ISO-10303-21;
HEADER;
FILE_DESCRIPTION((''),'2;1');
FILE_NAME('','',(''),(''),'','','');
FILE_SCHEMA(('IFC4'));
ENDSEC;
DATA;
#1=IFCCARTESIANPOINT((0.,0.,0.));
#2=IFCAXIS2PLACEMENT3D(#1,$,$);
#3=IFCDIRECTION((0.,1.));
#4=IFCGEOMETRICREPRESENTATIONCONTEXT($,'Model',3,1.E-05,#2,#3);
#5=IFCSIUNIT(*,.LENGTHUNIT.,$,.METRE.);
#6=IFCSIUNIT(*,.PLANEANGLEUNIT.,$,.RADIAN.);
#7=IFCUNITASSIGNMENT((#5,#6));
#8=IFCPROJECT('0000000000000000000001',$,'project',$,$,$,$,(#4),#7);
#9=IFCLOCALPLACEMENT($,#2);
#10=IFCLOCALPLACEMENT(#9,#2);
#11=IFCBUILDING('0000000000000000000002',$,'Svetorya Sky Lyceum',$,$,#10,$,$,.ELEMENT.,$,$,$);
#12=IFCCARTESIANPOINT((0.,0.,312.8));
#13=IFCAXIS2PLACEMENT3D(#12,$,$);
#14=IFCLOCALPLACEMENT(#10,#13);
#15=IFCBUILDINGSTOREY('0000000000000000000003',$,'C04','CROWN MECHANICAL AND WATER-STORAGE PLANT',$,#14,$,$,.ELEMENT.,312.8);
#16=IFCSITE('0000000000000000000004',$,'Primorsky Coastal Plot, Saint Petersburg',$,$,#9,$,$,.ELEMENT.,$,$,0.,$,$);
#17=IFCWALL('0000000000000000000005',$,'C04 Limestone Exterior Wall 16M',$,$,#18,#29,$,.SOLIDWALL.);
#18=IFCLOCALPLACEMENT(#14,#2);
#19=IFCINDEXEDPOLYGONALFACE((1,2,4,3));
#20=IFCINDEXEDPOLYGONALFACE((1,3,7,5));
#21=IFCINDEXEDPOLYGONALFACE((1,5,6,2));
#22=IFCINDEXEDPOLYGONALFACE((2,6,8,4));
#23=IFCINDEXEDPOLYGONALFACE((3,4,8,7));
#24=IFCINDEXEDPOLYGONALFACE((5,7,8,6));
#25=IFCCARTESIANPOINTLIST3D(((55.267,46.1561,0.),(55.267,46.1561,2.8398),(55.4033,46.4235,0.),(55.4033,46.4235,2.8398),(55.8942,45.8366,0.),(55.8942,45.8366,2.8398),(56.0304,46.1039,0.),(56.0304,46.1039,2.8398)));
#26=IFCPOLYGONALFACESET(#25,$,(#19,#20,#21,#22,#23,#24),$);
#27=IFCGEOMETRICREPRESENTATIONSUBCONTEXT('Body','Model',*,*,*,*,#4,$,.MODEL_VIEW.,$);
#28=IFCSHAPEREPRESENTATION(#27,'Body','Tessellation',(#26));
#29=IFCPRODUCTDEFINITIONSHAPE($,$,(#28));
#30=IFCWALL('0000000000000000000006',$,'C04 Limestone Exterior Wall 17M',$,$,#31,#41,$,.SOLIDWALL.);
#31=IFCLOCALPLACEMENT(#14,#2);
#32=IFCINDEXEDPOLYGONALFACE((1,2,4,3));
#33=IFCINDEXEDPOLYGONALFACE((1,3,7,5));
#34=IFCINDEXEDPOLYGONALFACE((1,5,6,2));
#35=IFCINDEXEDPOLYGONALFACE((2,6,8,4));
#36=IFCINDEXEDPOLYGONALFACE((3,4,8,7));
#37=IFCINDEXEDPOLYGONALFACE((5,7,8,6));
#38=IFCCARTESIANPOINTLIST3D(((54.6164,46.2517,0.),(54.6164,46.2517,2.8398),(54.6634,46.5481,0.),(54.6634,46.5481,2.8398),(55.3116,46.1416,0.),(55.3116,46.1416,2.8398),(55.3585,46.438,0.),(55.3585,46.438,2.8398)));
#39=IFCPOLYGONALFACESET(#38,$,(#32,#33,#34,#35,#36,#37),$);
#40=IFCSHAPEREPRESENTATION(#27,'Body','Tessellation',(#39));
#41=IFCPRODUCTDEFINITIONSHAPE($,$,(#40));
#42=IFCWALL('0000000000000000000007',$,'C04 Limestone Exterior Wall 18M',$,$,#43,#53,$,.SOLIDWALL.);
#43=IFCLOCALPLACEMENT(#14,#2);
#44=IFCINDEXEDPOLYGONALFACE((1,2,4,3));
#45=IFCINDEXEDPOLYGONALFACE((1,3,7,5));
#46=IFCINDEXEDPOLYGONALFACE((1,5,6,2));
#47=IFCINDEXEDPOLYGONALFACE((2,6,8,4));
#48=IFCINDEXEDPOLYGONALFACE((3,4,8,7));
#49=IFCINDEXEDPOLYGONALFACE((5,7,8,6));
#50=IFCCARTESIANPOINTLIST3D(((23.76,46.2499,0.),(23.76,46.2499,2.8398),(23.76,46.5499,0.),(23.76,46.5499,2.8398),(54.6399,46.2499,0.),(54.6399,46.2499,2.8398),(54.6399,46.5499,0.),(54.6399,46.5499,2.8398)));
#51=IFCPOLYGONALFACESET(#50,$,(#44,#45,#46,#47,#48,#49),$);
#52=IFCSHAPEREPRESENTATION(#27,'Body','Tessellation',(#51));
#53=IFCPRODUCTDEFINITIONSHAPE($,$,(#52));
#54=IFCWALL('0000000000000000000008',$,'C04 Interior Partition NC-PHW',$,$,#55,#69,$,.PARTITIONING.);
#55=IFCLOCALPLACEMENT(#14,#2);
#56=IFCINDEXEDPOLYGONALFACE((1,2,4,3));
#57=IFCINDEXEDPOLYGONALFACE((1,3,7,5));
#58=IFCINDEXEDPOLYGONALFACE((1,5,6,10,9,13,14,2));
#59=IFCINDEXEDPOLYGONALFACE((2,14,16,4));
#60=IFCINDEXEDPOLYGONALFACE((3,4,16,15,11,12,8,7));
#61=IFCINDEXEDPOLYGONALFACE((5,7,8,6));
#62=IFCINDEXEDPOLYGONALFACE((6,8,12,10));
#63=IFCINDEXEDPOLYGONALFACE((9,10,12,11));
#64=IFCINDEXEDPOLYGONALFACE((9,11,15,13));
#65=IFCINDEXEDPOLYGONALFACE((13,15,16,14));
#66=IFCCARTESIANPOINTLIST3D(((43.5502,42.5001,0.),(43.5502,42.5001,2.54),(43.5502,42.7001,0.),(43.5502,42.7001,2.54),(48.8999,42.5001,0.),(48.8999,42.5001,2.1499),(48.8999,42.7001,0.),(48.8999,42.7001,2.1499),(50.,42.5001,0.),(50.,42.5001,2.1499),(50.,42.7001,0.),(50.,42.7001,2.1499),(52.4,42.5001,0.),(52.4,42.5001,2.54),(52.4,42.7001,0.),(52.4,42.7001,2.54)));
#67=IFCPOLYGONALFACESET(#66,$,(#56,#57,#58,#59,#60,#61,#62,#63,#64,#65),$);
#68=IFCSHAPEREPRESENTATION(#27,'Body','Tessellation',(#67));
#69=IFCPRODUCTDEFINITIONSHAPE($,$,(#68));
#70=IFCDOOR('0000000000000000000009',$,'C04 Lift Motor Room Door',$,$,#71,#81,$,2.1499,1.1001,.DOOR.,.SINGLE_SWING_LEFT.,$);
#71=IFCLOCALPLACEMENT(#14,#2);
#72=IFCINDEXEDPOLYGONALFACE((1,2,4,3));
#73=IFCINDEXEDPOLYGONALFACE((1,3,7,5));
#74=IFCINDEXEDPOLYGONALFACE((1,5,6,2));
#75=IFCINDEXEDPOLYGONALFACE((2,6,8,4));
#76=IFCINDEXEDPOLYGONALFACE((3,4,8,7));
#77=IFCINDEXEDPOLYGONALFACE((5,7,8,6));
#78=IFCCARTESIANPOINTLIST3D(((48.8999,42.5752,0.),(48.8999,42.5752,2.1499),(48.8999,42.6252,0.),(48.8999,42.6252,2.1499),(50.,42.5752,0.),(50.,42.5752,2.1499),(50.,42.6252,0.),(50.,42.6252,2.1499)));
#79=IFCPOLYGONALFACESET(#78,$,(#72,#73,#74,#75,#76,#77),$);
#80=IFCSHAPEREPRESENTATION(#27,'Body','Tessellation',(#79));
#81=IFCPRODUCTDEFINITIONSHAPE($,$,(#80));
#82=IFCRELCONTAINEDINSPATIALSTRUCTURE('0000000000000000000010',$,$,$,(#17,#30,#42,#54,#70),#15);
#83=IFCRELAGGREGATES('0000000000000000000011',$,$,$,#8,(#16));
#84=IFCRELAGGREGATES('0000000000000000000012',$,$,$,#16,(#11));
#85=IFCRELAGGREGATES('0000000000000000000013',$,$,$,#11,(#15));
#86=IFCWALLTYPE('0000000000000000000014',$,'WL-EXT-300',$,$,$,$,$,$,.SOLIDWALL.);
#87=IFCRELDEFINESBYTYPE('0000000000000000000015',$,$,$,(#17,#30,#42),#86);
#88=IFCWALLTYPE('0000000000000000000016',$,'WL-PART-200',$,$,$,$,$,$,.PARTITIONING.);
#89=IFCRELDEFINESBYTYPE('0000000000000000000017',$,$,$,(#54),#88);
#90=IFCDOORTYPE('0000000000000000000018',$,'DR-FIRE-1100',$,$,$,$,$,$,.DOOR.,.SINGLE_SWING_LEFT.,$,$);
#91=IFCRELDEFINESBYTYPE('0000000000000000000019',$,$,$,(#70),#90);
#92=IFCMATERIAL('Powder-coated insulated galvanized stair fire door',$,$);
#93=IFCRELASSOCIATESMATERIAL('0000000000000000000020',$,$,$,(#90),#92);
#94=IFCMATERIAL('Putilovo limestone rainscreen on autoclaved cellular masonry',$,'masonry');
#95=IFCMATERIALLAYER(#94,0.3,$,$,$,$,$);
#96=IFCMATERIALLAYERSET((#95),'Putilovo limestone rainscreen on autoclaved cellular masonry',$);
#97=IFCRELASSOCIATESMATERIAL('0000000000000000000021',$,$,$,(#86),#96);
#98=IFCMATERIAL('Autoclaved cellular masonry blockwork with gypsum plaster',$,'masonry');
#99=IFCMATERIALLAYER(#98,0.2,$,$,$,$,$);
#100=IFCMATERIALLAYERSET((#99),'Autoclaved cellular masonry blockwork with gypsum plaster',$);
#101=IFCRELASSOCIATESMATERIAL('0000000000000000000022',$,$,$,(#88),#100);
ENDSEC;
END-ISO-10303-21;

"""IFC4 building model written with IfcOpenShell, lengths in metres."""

from ifc_helpers import new_model, si_unit, direction, frame, frame_2d, origin, place, context, subcontext, project, spatial, rectangle, extrude, material, layer, layer_set, type_object, element, fill, save


model = new_model("IFC4")

# Units and contexts
model_context = context("Model", 3, precision=1e-05, world=origin(), true_north=direction((0.0, 1.0)))
body_context = subcontext(model_context, "Body", "Model", "MODEL_VIEW")
ifc_project = project(units=[si_unit("LENGTHUNIT", "METRE"), si_unit("PLANEANGLEUNIT", "RADIAN")], contexts=[model_context])

# Site, building, storey
site_placement = place(None, origin())
site = spatial("IfcSite", under=ifc_project, at=site_placement, Name="Primorsky Coastal Plot, Saint Petersburg", CompositionType="ELEMENT", RefElevation=0.0)
building_placement = place(site_placement, origin())
building = spatial("IfcBuilding", under=site, at=building_placement, Name="Svetorya Sky Lyceum", CompositionType="ELEMENT")
storey_placement = place(building_placement, frame((0.0, 0.0, 312.8)))
storey = spatial("IfcBuildingStorey", under=building, at=storey_placement, Name="C04", Description="CROWN MECHANICAL AND WATER-STORAGE PLANT", CompositionType="ELEMENT", Elevation=312.8)

# Shared definitions
ifc_material_1 = material(Name="Powder-coated insulated galvanized stair fire door")
door_type_1 = type_object("IfcDoorType", Name="DR-FIRE-1100", OperationType="SINGLE_SWING_LEFT", PredefinedType="DOOR", material=ifc_material_1)

# Walls
ifc_material_2 = material(Name="Putilovo limestone rainscreen on autoclaved cellular masonry", Category="masonry")
ifc_layer_1 = layer(ifc_material_2, 0.3)
ifc_layer_set_1 = layer_set([ifc_layer_1], Name="Putilovo limestone rainscreen on autoclaved cellular masonry")
wall_type_1 = type_object("IfcWallType", Name="WL-EXT-300", PredefinedType="SOLIDWALL", material=ifc_layer_set_1)
for number, where, z_axis, x_axis, name in (
    (1, (55.9624, 45.9702, 0.0), (0.0, 0.0, 1.0), (-0.891002, 0.453999, 0.0), "C04 Limestone Exterior Wall 16M"),
    (2, (55.3352, 46.2898, 0.0), (0.0, 0.0, 1.0), (-0.987693, 0.156408, 0.0), "C04 Limestone Exterior Wall 17M"),
):
    element("IfcWall", number, at=place(storey_placement, frame(where, z_axis=z_axis, x_axis=x_axis)), inside=storey, type_object=wall_type_1, Name=name, PredefinedType="SOLIDWALL", context=body_context, shape_type="SweptSolid", body=[
        extrude(rectangle(XDim=0.7039, YDim=0.3, at=frame_2d((0.3521, 0.0))), origin(), (0.0, 0.0, 1.0), 2.8398),
    ])
wall_1_placement = place(storey_placement, frame((54.6399, 46.3999, 0.0), z_axis=(0.0, 0.0, 1.0), x_axis=(-1.0, 0.0, 0.0)))
element("IfcWall", 3, at=wall_1_placement, inside=storey, type_object=wall_type_1, Name="C04 Limestone Exterior Wall 18M", PredefinedType="SOLIDWALL", context=body_context, shape_type="SweptSolid", body=[
    extrude(rectangle(XDim=30.8799, YDim=0.3, at=frame_2d((15.4399, 0.0))), origin(), (0.0, 0.0, 1.0), 2.8398),
])

# Wall, opening, door
ifc_material_3 = material(Name="Autoclaved cellular masonry blockwork with gypsum plaster", Category="masonry")
ifc_layer_2 = layer(ifc_material_3, 0.2)
ifc_layer_set_2 = layer_set([ifc_layer_2], Name="Autoclaved cellular masonry blockwork with gypsum plaster")
wall_type_2 = type_object("IfcWallType", Name="WL-PART-200", PredefinedType="PARTITIONING", material=ifc_layer_set_2)
wall_2_placement = place(storey_placement, frame((52.3999, 42.6001, 0.0), z_axis=(0.0, 0.0, 1.0), x_axis=(-1.0, 0.0, 0.0)))
wall_2 = element("IfcWall", 4, at=wall_2_placement, inside=storey, type_object=wall_type_2, Name="C04 Interior Partition NC-PHW", PredefinedType="PARTITIONING", context=body_context, shape_type="SweptSolid", body=[
    extrude(rectangle(XDim=8.8499, YDim=0.2, at=frame_2d((4.4248, 0.0))), origin(), (0.0, 0.0, 1.0), 2.54),
])
opening_1_placement = place(wall_2_placement, frame((2.3999, 0.0, 0.0)))
opening_1 = element("IfcOpeningElement", 5, at=opening_1_placement, cuts=wall_2, PredefinedType="OPENING", context=body_context, shape_type="SweptSolid", body=[
    extrude(rectangle(XDim=1.1001, YDim=2.1499, at=frame_2d((0.55, 1.075))), frame((0.0, 0.1099, 0.0), z_axis=(0.0, -1.0, 0.0), x_axis=(1.0, 0.0, 0.0)), (0.0, 0.0, 1.0), 0.22),
])
door_1_placement = place(opening_1_placement, origin())
door_1 = element("IfcDoor", 6, at=door_1_placement, inside=storey, type_object=door_type_1, Name="C04 Lift Motor Room Door", OperationType="SINGLE_SWING_LEFT", OverallHeight=2.1499, OverallWidth=1.1001, PredefinedType="DOOR", context=body_context, shape_type="SweptSolid", body=[
    extrude(rectangle(XDim=1.1001, YDim=2.1499, at=frame_2d((0.55, 1.075))), frame((0.0, 0.0249, 0.0), z_axis=(0.0, -1.0, 0.0), x_axis=(1.0, 0.0, 0.0)), (0.0, 0.0, 1.0), 0.05),
])
fill(opening_1, door_1)

save(model, "model.ifc")
